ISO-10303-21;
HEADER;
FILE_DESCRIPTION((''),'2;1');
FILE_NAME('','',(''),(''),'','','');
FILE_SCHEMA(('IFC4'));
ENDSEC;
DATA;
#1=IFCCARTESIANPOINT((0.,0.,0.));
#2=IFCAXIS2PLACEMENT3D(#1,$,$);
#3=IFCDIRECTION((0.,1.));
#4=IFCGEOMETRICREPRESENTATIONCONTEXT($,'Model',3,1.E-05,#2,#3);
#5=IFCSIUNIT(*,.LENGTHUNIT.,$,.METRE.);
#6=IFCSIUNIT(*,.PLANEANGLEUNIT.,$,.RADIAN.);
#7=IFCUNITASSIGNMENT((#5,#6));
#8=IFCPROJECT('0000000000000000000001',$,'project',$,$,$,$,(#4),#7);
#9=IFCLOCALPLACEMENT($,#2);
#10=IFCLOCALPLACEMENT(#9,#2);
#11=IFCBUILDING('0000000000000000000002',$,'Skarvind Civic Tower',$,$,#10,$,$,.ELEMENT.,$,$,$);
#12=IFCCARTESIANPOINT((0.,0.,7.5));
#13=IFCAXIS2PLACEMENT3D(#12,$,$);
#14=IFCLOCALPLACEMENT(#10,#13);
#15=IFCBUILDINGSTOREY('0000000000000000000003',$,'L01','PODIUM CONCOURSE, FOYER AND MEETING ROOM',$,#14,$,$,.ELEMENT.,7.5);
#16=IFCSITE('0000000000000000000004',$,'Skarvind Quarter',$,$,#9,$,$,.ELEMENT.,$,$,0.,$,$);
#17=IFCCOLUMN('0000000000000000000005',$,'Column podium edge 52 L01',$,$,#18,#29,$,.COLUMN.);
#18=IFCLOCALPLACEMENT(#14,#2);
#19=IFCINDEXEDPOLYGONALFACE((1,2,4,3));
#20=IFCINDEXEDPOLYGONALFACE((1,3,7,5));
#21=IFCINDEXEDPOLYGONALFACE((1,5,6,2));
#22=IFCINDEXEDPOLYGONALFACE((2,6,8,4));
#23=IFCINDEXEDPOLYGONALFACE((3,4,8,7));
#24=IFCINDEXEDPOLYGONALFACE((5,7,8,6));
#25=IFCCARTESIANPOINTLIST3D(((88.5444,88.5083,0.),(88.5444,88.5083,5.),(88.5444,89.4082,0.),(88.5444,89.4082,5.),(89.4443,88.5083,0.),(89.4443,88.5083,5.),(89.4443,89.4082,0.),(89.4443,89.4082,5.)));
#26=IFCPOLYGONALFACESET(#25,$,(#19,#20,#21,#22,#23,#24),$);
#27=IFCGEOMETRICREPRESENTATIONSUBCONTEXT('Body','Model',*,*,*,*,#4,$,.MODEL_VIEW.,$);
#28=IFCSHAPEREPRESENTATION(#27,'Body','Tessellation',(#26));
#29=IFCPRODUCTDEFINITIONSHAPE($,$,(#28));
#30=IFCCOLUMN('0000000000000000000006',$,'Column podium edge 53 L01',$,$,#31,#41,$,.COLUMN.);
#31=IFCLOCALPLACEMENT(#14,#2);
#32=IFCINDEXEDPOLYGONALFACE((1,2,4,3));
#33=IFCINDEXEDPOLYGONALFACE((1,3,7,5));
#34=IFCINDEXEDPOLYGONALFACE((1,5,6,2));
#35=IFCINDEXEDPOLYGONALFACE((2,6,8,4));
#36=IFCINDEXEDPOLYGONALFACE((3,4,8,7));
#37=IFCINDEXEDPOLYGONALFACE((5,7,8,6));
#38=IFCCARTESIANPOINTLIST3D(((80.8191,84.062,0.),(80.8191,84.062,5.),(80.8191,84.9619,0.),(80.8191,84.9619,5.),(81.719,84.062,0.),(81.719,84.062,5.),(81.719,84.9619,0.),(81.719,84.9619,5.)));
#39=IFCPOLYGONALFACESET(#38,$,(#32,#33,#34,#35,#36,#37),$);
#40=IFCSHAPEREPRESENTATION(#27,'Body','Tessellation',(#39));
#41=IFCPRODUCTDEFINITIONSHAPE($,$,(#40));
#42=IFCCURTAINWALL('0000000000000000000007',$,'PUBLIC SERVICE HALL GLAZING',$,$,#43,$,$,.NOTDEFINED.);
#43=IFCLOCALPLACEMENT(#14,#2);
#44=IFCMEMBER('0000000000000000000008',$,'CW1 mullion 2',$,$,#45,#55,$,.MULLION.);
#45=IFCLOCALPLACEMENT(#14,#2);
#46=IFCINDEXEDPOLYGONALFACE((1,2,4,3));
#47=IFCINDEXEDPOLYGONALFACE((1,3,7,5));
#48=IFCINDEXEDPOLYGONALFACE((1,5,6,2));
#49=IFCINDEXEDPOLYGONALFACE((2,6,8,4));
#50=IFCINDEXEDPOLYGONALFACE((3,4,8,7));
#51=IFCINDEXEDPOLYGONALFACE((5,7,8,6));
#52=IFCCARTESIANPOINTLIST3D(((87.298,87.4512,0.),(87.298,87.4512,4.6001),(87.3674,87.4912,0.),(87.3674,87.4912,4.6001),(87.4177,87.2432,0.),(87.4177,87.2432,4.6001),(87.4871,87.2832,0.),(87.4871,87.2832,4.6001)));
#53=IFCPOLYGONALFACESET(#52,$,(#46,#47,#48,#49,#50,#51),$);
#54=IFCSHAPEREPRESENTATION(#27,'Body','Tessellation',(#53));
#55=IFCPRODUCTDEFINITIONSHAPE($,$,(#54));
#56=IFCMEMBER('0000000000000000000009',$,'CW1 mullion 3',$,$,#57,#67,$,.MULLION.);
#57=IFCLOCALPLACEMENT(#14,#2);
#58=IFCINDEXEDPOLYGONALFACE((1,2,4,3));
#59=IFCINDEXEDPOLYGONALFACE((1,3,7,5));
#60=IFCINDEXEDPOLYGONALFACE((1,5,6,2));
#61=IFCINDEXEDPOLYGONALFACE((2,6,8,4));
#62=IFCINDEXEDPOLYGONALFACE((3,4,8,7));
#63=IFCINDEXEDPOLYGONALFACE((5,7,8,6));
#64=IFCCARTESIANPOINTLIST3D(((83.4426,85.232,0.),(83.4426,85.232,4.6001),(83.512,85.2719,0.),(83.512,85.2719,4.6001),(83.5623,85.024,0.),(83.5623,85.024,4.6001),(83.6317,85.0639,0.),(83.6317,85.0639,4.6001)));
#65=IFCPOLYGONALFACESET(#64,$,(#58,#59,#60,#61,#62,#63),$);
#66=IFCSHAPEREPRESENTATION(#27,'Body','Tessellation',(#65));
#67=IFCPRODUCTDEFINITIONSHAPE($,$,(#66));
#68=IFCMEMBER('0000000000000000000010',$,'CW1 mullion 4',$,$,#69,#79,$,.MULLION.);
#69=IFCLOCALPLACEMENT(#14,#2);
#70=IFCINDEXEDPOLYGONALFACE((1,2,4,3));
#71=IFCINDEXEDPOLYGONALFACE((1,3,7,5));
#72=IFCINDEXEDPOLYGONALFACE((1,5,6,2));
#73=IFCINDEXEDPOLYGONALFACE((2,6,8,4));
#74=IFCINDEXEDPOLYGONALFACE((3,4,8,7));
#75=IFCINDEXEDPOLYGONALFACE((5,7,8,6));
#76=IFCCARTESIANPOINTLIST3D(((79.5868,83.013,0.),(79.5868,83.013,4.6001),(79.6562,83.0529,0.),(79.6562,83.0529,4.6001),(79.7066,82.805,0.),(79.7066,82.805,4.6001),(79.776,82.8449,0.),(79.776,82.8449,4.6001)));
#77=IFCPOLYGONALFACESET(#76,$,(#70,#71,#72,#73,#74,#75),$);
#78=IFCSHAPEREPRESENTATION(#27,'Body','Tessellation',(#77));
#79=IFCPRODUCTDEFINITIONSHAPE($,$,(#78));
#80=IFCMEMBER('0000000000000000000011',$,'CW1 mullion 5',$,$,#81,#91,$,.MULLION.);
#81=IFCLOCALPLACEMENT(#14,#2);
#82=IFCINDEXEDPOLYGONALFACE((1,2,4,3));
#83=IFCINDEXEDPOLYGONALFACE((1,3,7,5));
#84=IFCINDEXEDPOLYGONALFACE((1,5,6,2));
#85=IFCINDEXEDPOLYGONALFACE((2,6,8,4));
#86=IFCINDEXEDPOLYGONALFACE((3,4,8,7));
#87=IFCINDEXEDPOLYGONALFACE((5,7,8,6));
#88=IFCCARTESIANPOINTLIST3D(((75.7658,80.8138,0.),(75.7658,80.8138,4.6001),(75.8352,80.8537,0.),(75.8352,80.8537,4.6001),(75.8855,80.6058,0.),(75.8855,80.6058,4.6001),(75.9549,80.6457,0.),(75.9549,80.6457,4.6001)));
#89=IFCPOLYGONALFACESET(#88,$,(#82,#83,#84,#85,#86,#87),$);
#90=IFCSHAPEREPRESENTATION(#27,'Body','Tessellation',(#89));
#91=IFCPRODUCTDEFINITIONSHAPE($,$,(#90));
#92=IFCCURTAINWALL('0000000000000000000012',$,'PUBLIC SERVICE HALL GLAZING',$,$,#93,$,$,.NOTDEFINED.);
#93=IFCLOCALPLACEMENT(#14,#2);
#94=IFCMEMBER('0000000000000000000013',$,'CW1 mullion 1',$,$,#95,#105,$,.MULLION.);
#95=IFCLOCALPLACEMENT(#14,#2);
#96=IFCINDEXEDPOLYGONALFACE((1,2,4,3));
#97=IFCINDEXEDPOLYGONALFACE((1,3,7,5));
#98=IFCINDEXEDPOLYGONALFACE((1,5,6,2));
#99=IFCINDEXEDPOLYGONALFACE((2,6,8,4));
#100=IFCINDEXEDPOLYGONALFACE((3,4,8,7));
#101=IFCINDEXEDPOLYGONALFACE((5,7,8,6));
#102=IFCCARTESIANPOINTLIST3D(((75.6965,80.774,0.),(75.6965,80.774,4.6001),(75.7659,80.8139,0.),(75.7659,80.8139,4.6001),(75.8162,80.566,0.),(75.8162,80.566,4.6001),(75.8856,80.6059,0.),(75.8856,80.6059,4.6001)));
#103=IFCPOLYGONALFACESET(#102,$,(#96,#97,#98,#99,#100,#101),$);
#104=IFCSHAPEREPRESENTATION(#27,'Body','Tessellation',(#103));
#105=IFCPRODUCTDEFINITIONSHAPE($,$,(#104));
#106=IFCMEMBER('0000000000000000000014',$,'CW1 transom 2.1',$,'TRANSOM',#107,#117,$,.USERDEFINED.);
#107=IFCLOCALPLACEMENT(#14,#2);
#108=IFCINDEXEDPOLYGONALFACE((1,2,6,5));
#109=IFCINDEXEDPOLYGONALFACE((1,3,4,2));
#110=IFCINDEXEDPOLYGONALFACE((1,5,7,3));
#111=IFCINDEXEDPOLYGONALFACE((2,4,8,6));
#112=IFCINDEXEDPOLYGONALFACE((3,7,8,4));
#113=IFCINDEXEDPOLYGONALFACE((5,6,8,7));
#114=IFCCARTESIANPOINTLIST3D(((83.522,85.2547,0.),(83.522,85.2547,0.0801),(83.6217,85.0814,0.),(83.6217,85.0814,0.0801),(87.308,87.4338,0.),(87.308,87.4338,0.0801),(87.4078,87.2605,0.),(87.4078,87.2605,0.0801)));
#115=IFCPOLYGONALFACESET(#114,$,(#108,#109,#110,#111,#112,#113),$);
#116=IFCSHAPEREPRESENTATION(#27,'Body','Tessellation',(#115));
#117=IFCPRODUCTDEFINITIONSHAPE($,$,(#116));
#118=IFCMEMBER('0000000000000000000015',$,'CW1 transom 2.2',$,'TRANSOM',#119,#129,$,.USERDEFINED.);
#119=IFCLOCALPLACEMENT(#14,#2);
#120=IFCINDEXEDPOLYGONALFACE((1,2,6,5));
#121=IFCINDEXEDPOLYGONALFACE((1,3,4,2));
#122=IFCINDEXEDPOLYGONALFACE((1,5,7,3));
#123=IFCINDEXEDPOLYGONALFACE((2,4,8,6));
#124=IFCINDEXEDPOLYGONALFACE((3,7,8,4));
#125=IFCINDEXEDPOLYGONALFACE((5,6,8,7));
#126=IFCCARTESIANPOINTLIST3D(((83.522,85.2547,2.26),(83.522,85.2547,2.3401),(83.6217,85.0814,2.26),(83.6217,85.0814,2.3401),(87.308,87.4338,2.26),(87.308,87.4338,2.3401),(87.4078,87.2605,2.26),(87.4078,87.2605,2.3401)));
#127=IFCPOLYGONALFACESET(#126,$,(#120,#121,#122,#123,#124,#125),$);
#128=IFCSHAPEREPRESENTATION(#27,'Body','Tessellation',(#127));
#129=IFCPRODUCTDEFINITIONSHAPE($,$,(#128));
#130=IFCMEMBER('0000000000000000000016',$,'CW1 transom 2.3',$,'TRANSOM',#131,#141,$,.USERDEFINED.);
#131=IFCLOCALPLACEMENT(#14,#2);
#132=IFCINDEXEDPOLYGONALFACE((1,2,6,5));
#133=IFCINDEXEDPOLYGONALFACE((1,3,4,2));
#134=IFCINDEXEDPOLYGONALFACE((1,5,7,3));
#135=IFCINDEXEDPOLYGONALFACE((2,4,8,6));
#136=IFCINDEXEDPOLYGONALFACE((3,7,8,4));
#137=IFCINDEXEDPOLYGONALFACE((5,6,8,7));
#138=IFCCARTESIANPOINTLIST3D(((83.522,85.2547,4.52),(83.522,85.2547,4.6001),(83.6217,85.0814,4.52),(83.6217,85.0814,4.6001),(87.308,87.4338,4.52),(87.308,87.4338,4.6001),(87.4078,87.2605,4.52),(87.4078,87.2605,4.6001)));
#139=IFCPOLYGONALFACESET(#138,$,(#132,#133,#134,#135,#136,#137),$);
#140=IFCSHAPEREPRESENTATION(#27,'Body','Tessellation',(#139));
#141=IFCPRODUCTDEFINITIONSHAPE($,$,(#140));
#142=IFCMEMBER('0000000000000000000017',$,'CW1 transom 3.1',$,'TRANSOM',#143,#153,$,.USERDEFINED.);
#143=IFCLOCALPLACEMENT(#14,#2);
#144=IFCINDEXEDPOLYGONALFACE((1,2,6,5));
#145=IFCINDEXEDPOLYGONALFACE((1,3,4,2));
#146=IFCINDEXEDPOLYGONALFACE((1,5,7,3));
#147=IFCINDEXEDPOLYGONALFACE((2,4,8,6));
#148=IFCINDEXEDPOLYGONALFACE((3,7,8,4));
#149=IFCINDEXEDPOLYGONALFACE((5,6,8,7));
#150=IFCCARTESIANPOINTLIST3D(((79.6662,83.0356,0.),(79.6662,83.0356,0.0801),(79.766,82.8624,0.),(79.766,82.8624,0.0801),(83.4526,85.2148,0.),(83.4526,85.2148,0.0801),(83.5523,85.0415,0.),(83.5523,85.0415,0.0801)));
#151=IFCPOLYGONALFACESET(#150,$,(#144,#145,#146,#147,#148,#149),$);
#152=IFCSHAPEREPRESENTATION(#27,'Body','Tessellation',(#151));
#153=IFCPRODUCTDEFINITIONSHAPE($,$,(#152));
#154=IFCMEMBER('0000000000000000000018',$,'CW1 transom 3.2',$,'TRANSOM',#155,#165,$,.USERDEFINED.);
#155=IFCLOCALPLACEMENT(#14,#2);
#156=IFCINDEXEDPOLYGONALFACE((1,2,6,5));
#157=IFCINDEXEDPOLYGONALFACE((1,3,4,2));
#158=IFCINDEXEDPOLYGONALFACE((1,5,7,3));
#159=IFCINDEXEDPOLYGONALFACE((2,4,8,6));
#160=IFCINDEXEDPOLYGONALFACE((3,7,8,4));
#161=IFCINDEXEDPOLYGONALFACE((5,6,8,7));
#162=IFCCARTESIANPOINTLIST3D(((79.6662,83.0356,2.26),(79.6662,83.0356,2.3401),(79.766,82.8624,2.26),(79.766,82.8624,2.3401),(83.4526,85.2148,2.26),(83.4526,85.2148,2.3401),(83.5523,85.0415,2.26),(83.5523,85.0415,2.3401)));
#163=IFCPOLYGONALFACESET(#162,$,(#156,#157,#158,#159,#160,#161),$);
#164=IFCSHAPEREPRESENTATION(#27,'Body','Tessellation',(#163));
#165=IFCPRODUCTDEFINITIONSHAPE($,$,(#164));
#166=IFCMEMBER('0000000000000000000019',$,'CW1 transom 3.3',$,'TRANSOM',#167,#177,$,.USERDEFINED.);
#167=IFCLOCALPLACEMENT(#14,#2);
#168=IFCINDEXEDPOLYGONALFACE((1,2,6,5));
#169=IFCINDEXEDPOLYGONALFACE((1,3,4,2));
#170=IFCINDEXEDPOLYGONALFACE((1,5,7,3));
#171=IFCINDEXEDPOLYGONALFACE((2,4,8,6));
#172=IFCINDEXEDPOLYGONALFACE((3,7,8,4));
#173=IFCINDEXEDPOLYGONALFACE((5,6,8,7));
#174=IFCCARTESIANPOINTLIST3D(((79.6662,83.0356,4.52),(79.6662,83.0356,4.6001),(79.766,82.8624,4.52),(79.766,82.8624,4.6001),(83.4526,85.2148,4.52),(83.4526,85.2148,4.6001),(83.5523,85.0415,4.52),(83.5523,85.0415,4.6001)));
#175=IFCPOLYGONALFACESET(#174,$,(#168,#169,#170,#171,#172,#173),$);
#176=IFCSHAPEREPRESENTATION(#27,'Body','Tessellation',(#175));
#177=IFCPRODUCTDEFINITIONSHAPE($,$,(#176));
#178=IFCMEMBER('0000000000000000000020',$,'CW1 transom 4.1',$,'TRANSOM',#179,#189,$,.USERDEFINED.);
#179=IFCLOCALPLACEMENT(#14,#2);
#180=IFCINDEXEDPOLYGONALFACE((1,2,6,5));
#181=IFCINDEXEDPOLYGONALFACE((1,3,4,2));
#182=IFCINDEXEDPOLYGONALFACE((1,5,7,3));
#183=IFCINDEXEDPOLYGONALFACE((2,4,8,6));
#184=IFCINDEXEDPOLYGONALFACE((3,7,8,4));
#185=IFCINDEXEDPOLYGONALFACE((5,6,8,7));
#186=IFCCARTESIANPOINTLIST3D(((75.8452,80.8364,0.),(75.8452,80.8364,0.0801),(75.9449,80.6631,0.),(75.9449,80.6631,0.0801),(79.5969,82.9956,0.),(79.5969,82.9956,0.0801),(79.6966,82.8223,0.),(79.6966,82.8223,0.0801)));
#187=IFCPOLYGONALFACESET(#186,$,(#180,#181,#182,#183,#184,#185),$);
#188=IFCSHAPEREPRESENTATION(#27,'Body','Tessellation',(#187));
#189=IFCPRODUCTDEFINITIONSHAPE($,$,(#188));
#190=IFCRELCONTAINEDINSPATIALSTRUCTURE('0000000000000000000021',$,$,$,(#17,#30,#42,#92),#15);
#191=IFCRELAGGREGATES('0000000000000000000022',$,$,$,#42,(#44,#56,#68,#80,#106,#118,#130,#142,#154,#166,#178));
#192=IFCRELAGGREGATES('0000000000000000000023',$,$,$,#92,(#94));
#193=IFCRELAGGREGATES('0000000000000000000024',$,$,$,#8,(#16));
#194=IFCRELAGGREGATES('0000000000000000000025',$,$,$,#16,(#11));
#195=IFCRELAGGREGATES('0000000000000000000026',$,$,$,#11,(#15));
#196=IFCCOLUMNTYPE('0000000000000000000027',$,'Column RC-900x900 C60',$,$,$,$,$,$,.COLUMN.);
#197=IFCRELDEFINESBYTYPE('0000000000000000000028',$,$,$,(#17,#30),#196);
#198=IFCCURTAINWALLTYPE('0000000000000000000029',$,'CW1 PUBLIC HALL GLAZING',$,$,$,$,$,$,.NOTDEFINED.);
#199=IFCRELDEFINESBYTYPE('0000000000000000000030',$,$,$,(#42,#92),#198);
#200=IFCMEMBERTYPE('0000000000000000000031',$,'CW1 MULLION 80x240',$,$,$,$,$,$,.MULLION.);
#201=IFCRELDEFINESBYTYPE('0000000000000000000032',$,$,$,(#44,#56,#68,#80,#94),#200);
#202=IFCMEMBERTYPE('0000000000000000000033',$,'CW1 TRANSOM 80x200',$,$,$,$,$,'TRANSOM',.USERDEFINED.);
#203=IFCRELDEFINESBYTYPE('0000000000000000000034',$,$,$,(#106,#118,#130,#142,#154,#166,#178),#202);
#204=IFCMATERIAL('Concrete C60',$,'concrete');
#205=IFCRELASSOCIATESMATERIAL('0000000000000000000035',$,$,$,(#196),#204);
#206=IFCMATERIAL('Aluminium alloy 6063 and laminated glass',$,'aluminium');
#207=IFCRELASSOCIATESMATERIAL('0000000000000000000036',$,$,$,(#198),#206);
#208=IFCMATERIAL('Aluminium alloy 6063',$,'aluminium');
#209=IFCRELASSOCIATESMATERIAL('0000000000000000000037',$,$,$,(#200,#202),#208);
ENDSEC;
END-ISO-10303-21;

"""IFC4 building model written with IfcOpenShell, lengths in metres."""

from ifc_helpers import new_model, si_unit, direction, frame, origin, origin_2d, place, context, subcontext, project, spatial, rectangle, extrude, material, material_profile, profile_set, type_object, element, aggregate, save


model = new_model("IFC4")

# Units and contexts
model_context = context("Model", 3, precision=1e-05, world=origin(), true_north=direction((0.0, 1.0)))
body_context = subcontext(model_context, "Body", "Model", "MODEL_VIEW")
ifc_project = project(units=[si_unit("LENGTHUNIT", "METRE"), si_unit("PLANEANGLEUNIT", "RADIAN")], contexts=[model_context])

# Site, building, storey
site_placement = place(None, origin())
site = spatial("IfcSite", under=ifc_project, at=site_placement, Name="Skarvind Quarter", CompositionType="ELEMENT", RefElevation=0.0)
building_placement = place(site_placement, origin())
building = spatial("IfcBuilding", under=site, at=building_placement, Name="Skarvind Civic Tower", CompositionType="ELEMENT")
storey_placement = place(building_placement, frame((0.0, 0.0, 7.5)))
storey = spatial("IfcBuildingStorey", under=building, at=storey_placement, Name="L01", Description="PODIUM CONCOURSE, FOYER AND MEETING ROOM", CompositionType="ELEMENT", Elevation=7.5)

# Columns
ifc_material_1 = material(Name="Concrete C60", Category="concrete")
ifc_material_profile_1 = material_profile(ifc_material_1, rectangle(XDim=0.8999, YDim=0.8999, at=origin_2d()), Name="RC-900x900")
ifc_profile_set_1 = profile_set([ifc_material_profile_1], Name="Concrete C60")
column_type = type_object("IfcColumnType", Name="Column RC-900x900 C60", PredefinedType="COLUMN", material=ifc_profile_set_1)
for number, where, z_axis, x_axis, name in (
    (1, (88.9944, 88.9583, 0.0), (0.0, 0.0, 1.0), (1.0, 0.0, 0.0), "Column podium edge 52 L01"),
    (2, (81.269, 84.512, 0.0), (0.0, 0.0, 1.0), (1.0, 0.0, 0.0), "Column podium edge 53 L01"),
):
    element("IfcColumn", number, at=place(storey_placement, frame(where, z_axis=z_axis, x_axis=x_axis)), inside=storey, type_object=column_type, Name=name, PredefinedType="COLUMN", context=body_context, shape_type="SweptSolid", body=[
        extrude(rectangle(XDim=0.8999, YDim=0.8999, at=origin_2d()), origin(), (0.0, 0.0, 1.0), 5.0),
    ])

# Curtain wall, members
ifc_material_2 = material(Name="Aluminium alloy 6063 and laminated glass", Category="aluminium")
curtain_wall_type = type_object("IfcCurtainWallType", Name="CW1 PUBLIC HALL GLAZING", PredefinedType="NOTDEFINED", material=ifc_material_2)
curtain_wall_1_placement = place(storey_placement, origin())
curtain_wall_1 = element("IfcCurtainWall", 3, at=curtain_wall_1_placement, inside=storey, type_object=curtain_wall_type, Name="PUBLIC SERVICE HALL GLAZING", PredefinedType="NOTDEFINED")
ifc_material_3 = material(Name="Aluminium alloy 6063", Category="aluminium")
ifc_material_profile_2 = material_profile(ifc_material_3, rectangle(XDim=0.24, YDim=0.0801, at=origin_2d()), Name="AL 80x240")
ifc_profile_set_2 = profile_set([ifc_material_profile_2], Name="Aluminium alloy 6063")
member_type_1 = type_object("IfcMemberType", Name="CW1 MULLION 80x240", PredefinedType="MULLION", material=ifc_profile_set_2)
member_1_placement = place(storey_placement, frame((87.3926, 87.3672, 0.0), z_axis=(0.0, 0.0, 1.0), x_axis=(0.498825, -0.866702, 0.0)))
member_1 = element("IfcMember", 4, at=member_1_placement, type_object=member_type_1, Name="CW1 mullion 2", PredefinedType="MULLION", context=body_context, shape_type="SweptSolid", body=[
    extrude(rectangle(XDim=0.24, YDim=0.0801, at=origin_2d()), origin(), (0.0, 0.0, 1.0), 4.6001),
])
member_2_placement = place(storey_placement, frame((83.5371, 85.1479, 0.0), z_axis=(0.0, 0.0, 1.0), x_axis=(0.498825, -0.866702, 0.0)))
member_2 = element("IfcMember", 5, at=member_2_placement, type_object=member_type_1, Name="CW1 mullion 3", PredefinedType="MULLION", context=body_context, shape_type="SweptSolid", body=[
    extrude(rectangle(XDim=0.24, YDim=0.0801, at=origin_2d()), origin(), (0.0, 0.0, 1.0), 4.6001),
])
member_3_placement = place(storey_placement, frame((79.6814, 82.929, 0.0), z_axis=(0.0, 0.0, 1.0), x_axis=(0.498825, -0.866702, 0.0)))
member_3 = element("IfcMember", 6, at=member_3_placement, type_object=member_type_1, Name="CW1 mullion 4", PredefinedType="MULLION", context=body_context, shape_type="SweptSolid", body=[
    extrude(rectangle(XDim=0.24, YDim=0.0801, at=origin_2d()), origin(), (0.0, 0.0, 1.0), 4.6001),
])
member_4_placement = place(storey_placement, frame((75.8604, 80.7297, 0.0), z_axis=(0.0, 0.0, 1.0), x_axis=(0.498825, -0.866702, 0.0)))
member_4 = element("IfcMember", 7, at=member_4_placement, type_object=member_type_1, Name="CW1 mullion 5", PredefinedType="MULLION", context=body_context, shape_type="SweptSolid", body=[
    extrude(rectangle(XDim=0.24, YDim=0.0801, at=origin_2d()), origin(), (0.0, 0.0, 1.0), 4.6001),
])

# Curtain wall, member
curtain_wall_2_placement = place(storey_placement, origin())
curtain_wall_2 = element("IfcCurtainWall", 8, at=curtain_wall_2_placement, inside=storey, type_object=curtain_wall_type, Name="PUBLIC SERVICE HALL GLAZING", PredefinedType="NOTDEFINED")
member_5_placement = place(storey_placement, frame((75.791, 80.6899, 0.0), z_axis=(0.0, 0.0, 1.0), x_axis=(0.498825, -0.866702, 0.0)))
member_5 = element("IfcMember", 9, at=member_5_placement, type_object=member_type_1, Name="CW1 mullion 1", PredefinedType="MULLION", context=body_context, shape_type="SweptSolid", body=[
    extrude(rectangle(XDim=0.24, YDim=0.0801, at=origin_2d()), origin(), (0.0, 0.0, 1.0), 4.6001),
])

# Members
ifc_material_profile_3 = material_profile(ifc_material_3, rectangle(XDim=0.2, YDim=0.0801, at=origin_2d()), Name="AL 80x200")
ifc_profile_set_3 = profile_set([ifc_material_profile_3], Name="Aluminium alloy 6063")
member_type_2 = type_object("IfcMemberType", Name="CW1 TRANSOM 80x200", ElementType="TRANSOM", PredefinedType="USERDEFINED", material=ifc_profile_set_3)
member_6_placement = place(storey_placement, frame((87.3579, 87.3472, 0.04), z_axis=(-0.866691, -0.498845, 0.0), x_axis=(0.498845, -0.866691, 0.0)))
member_6 = element("IfcMember", 10, at=member_6_placement, type_object=member_type_2, Name="CW1 transom 2.1", ObjectType="TRANSOM", PredefinedType="USERDEFINED", context=body_context, shape_type="SweptSolid", body=[
    extrude(rectangle(XDim=0.2, YDim=0.0801, at=origin_2d()), origin(), (0.0, 0.0, 1.0), 4.3684),
])
member_7_placement = place(storey_placement, frame((87.3579, 87.3472, 2.3), z_axis=(-0.866691, -0.498845, 0.0), x_axis=(0.498845, -0.866691, 0.0)))
member_7 = element("IfcMember", 11, at=member_7_placement, type_object=member_type_2, Name="CW1 transom 2.2", ObjectType="TRANSOM", PredefinedType="USERDEFINED", context=body_context, shape_type="SweptSolid", body=[
    extrude(rectangle(XDim=0.2, YDim=0.0801, at=origin_2d()), origin(), (0.0, 0.0, 1.0), 4.3684),
])
member_8_placement = place(storey_placement, frame((87.3579, 87.3472, 4.5601), z_axis=(-0.866691, -0.498845, 0.0), x_axis=(0.498845, -0.866691, 0.0)))
member_8 = element("IfcMember", 12, at=member_8_placement, type_object=member_type_2, Name="CW1 transom 2.3", ObjectType="TRANSOM", PredefinedType="USERDEFINED", context=body_context, shape_type="SweptSolid", body=[
    extrude(rectangle(XDim=0.2, YDim=0.0801, at=origin_2d()), origin(), (0.0, 0.0, 1.0), 4.3684),
])
member_9_placement = place(storey_placement, frame((83.5024, 85.1282, 0.04), z_axis=(-0.866705, -0.498821, 0.0), x_axis=(0.498821, -0.866705, 0.0)))
member_9 = element("IfcMember", 13, at=member_9_placement, type_object=member_type_2, Name="CW1 transom 3.1", ObjectType="TRANSOM", PredefinedType="USERDEFINED", context=body_context, shape_type="SweptSolid", body=[
    extrude(rectangle(XDim=0.2, YDim=0.0801, at=origin_2d()), origin(), (0.0, 0.0, 1.0), 4.3687),
])
member_10_placement = place(storey_placement, frame((83.5024, 85.1282, 2.3), z_axis=(-0.866705, -0.498821, 0.0), x_axis=(0.498821, -0.866705, 0.0)))
member_10 = element("IfcMember", 14, at=member_10_placement, type_object=member_type_2, Name="CW1 transom 3.2", ObjectType="TRANSOM", PredefinedType="USERDEFINED", context=body_context, shape_type="SweptSolid", body=[
    extrude(rectangle(XDim=0.2, YDim=0.0801, at=origin_2d()), origin(), (0.0, 0.0, 1.0), 4.3687),
])
member_11_placement = place(storey_placement, frame((83.5024, 85.1282, 4.5601), z_axis=(-0.866705, -0.498821, 0.0), x_axis=(0.498821, -0.866705, 0.0)))
member_11 = element("IfcMember", 15, at=member_11_placement, type_object=member_type_2, Name="CW1 transom 3.3", ObjectType="TRANSOM", PredefinedType="USERDEFINED", context=body_context, shape_type="SweptSolid", body=[
    extrude(rectangle(XDim=0.2, YDim=0.0801, at=origin_2d()), origin(), (0.0, 0.0, 1.0), 4.3687),
])
member_12_placement = place(storey_placement, frame((79.6467, 82.9089, 0.04), z_axis=(-0.866712, -0.498809, 0.0), x_axis=(0.498809, -0.866712, 0.0)))
member_12 = element("IfcMember", 16, at=member_12_placement, type_object=member_type_2, Name="CW1 transom 4.1", ObjectType="TRANSOM", PredefinedType="USERDEFINED", context=body_context, shape_type="SweptSolid", body=[
    extrude(rectangle(XDim=0.2, YDim=0.0801, at=origin_2d()), origin(), (0.0, 0.0, 1.0), 4.3286),
])

aggregate(curtain_wall_1, [member_1, member_2, member_3, member_4, member_6, member_7, member_8, member_9, member_10, member_11, member_12])
aggregate(curtain_wall_2, [member_5])

save(model, "model.ifc")
